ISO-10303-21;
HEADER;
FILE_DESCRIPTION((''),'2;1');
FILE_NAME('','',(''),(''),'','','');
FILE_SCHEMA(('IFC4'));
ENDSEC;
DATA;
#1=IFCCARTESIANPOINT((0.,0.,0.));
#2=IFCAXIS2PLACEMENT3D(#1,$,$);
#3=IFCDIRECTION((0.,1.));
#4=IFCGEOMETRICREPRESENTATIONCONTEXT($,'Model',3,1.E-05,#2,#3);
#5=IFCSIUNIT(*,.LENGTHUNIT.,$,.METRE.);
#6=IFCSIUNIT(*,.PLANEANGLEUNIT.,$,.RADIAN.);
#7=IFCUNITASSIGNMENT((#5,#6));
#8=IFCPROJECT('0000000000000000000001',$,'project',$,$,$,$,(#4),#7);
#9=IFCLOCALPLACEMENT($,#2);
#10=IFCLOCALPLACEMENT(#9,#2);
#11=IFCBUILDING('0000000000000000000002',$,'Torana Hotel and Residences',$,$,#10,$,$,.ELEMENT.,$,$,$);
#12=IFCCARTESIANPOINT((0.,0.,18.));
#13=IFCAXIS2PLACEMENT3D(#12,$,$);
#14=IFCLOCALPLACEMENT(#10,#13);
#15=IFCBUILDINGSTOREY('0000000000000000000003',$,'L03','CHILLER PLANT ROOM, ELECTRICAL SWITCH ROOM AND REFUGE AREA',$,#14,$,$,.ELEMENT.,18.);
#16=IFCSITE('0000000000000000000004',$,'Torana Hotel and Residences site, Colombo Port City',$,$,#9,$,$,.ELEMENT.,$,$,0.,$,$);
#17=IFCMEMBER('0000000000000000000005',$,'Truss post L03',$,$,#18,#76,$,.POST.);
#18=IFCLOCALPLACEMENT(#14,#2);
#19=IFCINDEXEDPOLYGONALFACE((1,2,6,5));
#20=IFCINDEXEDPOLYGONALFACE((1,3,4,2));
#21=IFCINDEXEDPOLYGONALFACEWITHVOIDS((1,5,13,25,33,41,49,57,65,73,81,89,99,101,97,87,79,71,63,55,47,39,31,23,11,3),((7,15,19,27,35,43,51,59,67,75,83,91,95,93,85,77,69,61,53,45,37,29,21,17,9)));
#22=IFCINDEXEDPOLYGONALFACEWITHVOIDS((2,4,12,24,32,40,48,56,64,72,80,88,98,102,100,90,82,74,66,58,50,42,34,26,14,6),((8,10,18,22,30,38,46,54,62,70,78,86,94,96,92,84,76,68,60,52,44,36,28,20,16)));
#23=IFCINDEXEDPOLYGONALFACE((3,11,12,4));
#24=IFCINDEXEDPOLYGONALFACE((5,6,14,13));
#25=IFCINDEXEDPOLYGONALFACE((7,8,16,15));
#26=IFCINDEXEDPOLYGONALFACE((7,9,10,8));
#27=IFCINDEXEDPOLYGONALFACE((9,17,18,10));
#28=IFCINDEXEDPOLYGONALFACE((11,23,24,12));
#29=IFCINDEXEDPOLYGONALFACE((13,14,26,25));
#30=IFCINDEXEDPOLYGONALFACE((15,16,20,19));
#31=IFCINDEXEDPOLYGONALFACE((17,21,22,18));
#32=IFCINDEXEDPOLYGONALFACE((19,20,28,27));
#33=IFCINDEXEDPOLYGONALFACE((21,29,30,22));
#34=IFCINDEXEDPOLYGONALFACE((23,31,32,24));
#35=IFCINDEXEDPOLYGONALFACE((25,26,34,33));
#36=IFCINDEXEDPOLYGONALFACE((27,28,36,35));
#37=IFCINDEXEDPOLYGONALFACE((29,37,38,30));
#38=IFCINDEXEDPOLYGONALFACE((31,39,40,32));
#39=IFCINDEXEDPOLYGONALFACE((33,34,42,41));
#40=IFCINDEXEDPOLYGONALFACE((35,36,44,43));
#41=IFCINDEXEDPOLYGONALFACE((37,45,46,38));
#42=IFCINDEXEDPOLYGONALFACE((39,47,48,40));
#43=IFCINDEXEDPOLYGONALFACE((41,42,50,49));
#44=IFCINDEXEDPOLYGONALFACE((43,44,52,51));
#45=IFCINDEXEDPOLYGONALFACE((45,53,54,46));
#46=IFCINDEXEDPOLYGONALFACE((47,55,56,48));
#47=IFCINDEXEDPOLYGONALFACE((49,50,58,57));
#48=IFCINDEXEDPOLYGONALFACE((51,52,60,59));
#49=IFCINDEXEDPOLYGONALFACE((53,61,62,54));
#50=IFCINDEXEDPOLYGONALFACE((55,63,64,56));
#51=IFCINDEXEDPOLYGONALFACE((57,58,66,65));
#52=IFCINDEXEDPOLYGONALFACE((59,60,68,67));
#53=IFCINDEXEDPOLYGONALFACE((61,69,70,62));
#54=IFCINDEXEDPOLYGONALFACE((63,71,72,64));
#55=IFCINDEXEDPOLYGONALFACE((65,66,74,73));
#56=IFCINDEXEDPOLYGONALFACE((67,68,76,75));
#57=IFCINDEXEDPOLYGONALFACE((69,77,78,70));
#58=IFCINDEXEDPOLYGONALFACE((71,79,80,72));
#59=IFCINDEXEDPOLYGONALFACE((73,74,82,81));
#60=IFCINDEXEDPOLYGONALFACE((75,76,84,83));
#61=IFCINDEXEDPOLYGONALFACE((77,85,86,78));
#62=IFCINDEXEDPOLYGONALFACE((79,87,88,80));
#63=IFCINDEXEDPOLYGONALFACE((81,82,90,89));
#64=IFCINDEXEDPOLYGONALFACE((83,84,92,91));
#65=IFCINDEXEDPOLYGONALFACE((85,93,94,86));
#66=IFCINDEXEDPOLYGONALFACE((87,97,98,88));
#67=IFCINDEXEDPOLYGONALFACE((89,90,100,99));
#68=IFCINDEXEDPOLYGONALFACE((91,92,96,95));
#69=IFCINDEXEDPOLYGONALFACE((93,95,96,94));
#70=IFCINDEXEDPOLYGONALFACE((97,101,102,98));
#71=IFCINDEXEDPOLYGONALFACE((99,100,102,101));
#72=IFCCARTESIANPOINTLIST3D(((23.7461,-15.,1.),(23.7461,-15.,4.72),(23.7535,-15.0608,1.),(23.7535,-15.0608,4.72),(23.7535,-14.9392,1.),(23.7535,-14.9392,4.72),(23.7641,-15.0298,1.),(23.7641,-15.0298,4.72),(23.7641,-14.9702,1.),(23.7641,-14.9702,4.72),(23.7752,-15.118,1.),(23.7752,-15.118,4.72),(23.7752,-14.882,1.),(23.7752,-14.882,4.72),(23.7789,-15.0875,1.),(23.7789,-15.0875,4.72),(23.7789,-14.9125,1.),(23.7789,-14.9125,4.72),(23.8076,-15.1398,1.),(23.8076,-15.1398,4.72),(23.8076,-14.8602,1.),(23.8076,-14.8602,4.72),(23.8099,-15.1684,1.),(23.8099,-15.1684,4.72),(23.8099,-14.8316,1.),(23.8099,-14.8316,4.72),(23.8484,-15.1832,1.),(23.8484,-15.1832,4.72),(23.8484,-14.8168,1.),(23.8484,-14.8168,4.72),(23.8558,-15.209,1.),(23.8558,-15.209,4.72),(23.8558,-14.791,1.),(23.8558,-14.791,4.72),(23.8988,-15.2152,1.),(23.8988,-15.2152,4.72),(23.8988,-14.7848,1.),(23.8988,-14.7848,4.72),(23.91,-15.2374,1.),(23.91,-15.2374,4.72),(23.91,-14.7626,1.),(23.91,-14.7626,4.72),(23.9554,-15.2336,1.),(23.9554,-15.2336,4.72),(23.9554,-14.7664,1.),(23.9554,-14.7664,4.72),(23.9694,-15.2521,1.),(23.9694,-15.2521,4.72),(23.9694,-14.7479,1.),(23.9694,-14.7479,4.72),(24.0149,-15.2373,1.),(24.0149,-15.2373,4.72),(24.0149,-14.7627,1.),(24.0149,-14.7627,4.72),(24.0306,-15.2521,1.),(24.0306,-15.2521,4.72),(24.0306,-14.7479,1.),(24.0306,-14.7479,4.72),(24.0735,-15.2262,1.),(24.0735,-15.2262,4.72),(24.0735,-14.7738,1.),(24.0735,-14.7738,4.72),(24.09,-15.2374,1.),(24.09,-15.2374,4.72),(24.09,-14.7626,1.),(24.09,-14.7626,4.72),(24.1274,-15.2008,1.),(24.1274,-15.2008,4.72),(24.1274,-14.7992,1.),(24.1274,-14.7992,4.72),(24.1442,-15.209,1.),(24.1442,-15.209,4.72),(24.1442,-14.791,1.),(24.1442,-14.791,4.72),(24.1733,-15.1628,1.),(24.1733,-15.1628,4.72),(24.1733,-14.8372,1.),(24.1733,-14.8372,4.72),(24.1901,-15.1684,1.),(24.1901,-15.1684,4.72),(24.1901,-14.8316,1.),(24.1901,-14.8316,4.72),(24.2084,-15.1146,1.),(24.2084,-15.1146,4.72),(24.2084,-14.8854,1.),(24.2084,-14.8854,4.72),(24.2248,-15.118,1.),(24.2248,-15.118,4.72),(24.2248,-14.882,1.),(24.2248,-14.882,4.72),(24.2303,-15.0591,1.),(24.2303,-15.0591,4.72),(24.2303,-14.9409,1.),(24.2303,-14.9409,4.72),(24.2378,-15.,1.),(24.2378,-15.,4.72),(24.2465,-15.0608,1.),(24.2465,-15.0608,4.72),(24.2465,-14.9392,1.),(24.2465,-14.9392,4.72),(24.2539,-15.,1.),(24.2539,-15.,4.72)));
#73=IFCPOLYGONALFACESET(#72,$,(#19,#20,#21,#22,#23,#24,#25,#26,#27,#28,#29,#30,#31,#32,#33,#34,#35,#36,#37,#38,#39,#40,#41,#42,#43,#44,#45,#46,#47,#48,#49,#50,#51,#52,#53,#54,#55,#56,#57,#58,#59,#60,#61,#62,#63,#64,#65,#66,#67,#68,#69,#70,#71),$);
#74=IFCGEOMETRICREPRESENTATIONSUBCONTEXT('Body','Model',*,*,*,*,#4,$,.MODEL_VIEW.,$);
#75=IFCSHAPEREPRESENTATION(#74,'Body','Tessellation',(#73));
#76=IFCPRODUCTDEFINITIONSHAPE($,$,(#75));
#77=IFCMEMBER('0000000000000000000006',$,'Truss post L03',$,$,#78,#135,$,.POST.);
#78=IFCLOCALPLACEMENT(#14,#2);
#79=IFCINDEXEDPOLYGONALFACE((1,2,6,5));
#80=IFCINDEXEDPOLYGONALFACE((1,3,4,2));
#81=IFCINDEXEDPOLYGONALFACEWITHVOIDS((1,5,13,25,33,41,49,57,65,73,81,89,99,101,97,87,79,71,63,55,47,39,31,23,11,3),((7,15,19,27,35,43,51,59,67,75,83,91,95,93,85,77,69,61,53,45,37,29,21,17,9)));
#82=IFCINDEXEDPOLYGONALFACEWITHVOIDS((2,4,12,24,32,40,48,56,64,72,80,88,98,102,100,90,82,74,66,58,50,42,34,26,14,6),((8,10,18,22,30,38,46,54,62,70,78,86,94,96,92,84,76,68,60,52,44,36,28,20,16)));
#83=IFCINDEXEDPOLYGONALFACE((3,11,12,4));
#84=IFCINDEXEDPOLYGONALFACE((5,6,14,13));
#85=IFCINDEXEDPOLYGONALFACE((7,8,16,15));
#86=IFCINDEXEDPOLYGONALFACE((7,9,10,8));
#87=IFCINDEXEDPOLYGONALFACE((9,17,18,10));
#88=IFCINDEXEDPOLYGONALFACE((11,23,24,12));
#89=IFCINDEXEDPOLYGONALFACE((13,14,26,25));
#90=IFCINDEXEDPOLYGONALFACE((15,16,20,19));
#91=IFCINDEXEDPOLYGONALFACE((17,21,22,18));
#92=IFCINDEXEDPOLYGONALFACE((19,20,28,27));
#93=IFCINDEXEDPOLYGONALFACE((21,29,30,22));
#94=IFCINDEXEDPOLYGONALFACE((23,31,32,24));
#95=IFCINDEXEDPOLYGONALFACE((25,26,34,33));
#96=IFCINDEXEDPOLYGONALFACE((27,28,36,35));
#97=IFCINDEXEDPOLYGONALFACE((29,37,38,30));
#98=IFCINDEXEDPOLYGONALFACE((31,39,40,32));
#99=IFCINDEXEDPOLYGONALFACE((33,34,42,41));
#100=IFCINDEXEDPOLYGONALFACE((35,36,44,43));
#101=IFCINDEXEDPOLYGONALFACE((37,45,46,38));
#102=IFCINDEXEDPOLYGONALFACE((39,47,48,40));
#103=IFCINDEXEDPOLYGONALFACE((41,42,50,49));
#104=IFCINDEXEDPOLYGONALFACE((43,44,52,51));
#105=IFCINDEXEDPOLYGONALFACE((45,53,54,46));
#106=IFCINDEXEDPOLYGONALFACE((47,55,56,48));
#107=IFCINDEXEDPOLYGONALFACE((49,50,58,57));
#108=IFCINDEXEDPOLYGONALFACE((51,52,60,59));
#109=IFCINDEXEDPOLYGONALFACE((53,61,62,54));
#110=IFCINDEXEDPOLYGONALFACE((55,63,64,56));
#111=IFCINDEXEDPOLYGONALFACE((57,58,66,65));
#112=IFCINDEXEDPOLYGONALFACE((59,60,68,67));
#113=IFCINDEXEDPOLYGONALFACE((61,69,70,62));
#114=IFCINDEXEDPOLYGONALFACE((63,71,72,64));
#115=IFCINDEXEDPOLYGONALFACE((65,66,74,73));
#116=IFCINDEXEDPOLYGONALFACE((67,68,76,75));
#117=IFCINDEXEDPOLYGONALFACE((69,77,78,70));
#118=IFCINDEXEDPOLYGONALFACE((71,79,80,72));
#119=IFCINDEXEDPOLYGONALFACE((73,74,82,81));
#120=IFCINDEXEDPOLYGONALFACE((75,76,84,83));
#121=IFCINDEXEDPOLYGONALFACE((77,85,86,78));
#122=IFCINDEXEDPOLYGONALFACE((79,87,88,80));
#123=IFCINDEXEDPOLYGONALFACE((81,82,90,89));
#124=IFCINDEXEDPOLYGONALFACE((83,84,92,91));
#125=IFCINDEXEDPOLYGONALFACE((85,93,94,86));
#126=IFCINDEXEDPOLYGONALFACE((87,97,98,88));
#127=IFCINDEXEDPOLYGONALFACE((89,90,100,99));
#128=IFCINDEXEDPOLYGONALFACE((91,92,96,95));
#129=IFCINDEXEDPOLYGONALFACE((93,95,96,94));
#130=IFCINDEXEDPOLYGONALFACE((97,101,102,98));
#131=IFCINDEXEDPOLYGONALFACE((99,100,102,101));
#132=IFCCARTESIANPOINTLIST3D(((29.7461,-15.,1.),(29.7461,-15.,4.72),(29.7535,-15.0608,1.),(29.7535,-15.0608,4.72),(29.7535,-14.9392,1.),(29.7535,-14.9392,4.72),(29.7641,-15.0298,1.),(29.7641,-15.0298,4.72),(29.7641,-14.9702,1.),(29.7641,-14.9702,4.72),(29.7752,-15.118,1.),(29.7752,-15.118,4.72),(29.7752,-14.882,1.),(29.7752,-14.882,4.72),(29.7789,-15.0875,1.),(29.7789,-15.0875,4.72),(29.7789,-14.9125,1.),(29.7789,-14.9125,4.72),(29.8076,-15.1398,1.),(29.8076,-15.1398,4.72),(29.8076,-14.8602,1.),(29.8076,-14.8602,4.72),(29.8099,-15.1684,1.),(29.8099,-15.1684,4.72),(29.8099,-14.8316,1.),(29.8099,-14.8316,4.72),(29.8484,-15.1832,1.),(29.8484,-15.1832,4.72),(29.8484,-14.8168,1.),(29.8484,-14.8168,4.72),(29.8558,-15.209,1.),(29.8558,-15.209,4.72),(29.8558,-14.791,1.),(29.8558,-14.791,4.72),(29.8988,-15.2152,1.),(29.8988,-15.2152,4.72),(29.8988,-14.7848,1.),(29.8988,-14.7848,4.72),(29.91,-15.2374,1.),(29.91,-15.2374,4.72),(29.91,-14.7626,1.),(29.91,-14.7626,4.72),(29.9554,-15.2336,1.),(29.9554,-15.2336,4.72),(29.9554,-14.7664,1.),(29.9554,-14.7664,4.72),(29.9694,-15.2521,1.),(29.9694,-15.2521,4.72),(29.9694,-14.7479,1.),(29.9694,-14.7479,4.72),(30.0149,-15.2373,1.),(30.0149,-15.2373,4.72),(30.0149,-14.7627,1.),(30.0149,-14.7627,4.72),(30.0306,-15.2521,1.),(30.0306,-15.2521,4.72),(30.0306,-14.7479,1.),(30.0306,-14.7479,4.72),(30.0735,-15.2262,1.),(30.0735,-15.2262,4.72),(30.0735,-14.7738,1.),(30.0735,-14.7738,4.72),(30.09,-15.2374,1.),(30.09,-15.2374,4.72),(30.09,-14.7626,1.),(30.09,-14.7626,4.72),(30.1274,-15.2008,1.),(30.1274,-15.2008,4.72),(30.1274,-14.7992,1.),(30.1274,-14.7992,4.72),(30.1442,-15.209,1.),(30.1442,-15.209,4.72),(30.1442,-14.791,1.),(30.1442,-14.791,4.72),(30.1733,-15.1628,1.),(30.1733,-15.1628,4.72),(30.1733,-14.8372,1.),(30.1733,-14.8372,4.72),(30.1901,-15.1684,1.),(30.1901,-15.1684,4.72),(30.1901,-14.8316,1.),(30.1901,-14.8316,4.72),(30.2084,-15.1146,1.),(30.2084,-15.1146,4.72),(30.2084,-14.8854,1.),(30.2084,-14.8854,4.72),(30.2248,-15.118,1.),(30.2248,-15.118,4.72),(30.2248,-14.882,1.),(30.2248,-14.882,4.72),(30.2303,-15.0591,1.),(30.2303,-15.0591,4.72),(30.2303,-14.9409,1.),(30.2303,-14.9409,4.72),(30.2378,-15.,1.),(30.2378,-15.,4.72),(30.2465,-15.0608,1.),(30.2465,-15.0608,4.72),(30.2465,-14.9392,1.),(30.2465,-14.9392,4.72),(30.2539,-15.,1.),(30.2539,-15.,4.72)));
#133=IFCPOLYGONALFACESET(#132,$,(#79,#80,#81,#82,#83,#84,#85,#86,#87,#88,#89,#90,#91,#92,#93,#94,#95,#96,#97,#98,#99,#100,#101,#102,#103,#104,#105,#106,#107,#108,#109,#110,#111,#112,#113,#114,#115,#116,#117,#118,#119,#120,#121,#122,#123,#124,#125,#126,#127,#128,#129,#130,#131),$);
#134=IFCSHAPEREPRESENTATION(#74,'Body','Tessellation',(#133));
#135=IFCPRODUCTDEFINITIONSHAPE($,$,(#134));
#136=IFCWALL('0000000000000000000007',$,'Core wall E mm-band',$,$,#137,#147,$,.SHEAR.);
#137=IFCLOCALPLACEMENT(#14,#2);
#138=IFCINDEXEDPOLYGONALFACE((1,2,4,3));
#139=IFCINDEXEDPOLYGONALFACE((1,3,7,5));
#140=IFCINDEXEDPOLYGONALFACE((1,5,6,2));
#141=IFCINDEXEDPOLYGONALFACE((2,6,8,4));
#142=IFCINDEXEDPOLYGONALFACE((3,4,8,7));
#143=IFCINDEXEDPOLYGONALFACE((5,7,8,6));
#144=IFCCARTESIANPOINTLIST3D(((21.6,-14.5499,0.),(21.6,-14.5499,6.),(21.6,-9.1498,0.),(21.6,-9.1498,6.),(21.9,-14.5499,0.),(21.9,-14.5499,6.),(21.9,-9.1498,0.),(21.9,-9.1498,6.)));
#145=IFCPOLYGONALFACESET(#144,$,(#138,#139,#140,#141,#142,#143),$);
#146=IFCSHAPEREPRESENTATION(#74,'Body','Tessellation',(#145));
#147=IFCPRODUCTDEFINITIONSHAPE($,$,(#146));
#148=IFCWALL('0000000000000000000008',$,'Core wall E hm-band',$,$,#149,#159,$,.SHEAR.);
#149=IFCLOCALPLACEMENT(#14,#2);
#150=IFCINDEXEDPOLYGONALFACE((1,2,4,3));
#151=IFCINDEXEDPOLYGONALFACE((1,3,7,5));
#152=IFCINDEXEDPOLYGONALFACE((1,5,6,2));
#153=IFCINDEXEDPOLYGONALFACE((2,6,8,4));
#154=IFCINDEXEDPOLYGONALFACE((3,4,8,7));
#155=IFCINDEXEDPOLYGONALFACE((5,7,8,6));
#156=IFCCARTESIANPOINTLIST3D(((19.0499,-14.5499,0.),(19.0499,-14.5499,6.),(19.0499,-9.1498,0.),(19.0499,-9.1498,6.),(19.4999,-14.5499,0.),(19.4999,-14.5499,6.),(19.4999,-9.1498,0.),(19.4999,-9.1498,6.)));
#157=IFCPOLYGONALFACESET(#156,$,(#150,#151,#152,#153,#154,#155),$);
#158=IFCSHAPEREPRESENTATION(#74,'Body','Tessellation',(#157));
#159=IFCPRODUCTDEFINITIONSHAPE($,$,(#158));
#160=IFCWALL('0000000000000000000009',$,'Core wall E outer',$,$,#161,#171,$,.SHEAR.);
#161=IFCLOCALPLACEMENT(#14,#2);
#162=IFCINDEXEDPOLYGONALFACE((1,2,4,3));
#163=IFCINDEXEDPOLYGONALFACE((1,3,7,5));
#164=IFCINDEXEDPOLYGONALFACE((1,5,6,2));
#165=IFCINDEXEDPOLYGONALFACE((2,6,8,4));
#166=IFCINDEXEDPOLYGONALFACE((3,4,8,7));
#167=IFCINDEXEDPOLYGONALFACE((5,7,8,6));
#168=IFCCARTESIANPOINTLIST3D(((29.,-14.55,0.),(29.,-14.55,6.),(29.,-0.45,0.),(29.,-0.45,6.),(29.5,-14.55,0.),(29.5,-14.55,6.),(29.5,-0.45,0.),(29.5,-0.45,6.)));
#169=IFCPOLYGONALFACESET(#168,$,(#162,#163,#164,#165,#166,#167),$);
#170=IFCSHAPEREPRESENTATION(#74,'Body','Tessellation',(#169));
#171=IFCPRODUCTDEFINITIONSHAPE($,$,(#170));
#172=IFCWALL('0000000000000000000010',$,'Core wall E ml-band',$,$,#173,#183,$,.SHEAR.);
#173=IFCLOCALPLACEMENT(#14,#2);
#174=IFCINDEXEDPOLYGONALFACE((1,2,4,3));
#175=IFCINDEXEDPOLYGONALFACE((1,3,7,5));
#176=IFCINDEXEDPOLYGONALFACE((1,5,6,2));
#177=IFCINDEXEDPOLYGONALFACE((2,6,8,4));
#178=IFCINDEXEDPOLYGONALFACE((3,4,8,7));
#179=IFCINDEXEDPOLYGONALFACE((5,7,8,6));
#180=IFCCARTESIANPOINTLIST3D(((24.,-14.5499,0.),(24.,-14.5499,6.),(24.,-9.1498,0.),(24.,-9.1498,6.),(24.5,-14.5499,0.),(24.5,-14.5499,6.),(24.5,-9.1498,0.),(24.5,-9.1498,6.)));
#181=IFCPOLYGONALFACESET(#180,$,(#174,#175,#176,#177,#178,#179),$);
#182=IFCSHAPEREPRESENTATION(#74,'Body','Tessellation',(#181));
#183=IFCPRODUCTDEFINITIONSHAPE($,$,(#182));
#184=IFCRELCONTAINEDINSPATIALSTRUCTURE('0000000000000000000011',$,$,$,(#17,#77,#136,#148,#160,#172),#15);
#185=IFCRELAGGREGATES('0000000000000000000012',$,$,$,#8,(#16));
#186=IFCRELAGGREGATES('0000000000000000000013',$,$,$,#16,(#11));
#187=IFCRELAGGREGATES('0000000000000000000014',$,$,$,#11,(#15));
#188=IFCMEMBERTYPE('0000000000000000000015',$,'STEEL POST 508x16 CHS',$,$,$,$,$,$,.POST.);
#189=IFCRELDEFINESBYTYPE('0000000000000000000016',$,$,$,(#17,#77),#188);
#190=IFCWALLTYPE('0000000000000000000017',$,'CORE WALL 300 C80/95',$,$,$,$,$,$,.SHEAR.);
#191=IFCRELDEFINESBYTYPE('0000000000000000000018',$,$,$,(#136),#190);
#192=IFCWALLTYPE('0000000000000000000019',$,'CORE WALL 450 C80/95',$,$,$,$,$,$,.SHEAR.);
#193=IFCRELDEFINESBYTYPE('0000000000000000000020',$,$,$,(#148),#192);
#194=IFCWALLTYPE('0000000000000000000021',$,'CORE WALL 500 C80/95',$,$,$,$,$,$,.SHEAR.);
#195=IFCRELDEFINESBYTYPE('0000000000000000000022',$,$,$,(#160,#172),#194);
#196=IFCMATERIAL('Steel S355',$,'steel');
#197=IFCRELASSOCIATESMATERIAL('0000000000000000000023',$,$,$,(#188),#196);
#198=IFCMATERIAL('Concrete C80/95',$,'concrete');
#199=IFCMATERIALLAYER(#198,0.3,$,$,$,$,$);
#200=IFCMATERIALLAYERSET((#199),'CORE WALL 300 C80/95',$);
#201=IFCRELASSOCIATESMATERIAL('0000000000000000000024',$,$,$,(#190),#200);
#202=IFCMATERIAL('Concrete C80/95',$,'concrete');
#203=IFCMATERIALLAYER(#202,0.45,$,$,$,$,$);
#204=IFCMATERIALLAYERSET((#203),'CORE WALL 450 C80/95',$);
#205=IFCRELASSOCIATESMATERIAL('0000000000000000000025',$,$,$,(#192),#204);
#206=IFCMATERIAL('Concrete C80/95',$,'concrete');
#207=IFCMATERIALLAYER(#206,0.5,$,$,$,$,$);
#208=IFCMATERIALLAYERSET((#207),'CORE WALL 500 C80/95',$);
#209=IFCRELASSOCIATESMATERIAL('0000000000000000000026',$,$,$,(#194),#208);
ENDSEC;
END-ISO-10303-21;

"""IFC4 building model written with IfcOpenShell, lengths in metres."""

from ifc_helpers import new_model, si_unit, direction, frame, frame_2d, origin, origin_2d, place, context, subcontext, project, spatial, rectangle, hollow_circle, extrude, material, layer, layer_set, material_profile, profile_set, type_object, element, save


model = new_model("IFC4")

# Units and contexts
model_context = context("Model", 3, precision=1e-05, world=origin(), true_north=direction((0.0, 1.0)))
body_context = subcontext(model_context, "Body", "Model", "MODEL_VIEW")
ifc_project = project(units=[si_unit("LENGTHUNIT", "METRE"), si_unit("PLANEANGLEUNIT", "RADIAN")], contexts=[model_context])

# Site, building, storey
site_placement = place(None, origin())
site = spatial("IfcSite", under=ifc_project, at=site_placement, Name="Torana Hotel and Residences site, Colombo Port City", CompositionType="ELEMENT", RefElevation=0.0)
building_placement = place(site_placement, origin())
building = spatial("IfcBuilding", under=site, at=building_placement, Name="Torana Hotel and Residences", CompositionType="ELEMENT")
storey_placement = place(building_placement, frame((0.0, 0.0, 18.0)))
storey = spatial("IfcBuildingStorey", under=building, at=storey_placement, Name="L03", Description="CHILLER PLANT ROOM, ELECTRICAL SWITCH ROOM AND REFUGE AREA", CompositionType="ELEMENT", Elevation=18.0)

# Members
ifc_material_1 = material(Name="Steel S355", Category="steel")
ifc_material_profile_1 = material_profile(ifc_material_1, hollow_circle(Radius=0.2539, WallThickness=0.0161, at=origin_2d()), Name="508x16 CHS")
ifc_profile_set_1 = profile_set([ifc_material_profile_1], Name="Steel S355")
member_type_1 = type_object("IfcMemberType", Name="STEEL POST 508x16 CHS", PredefinedType="POST", material=ifc_profile_set_1)
for number, where, z_axis, x_axis, name in (
    (1, (24.0, -15.0, 1.0), (0.0, 0.0, 1.0), (1.0, 0.0, 0.0), "Truss post L03"),
    (2, (30.0, -15.0, 1.0), (0.0, 0.0, 1.0), (1.0, 0.0, 0.0), "Truss post L03"),
):
    element("IfcMember", number, at=place(storey_placement, frame(where, z_axis=z_axis, x_axis=x_axis)), inside=storey, type_object=member_type_1, Name=name, PredefinedType="POST", context=body_context, shape_type="SweptSolid", body=[
        extrude(hollow_circle(Radius=0.2539, WallThickness=0.0161, at=origin_2d()), origin(), (0.0, 0.0, 1.0), 3.72),
    ])

# Walls
ifc_material_2 = material(Name="Concrete C80/95", Category="concrete")
ifc_layer_1 = layer(ifc_material_2, 0.3)
ifc_layer_set_1 = layer_set([ifc_layer_1], Name="CORE WALL 300 C80/95")
wall_type_1 = type_object("IfcWallType", Name="CORE WALL 300 C80/95", PredefinedType="SHEAR", material=ifc_layer_set_1)
wall_1_placement = place(storey_placement, frame((21.75, -14.55, 0.0), z_axis=(0.0, 0.0, 1.0), x_axis=(0.0, 1.0, 0.0)))
element("IfcWall", 3, at=wall_1_placement, inside=storey, type_object=wall_type_1, Name="Core wall E mm-band", PredefinedType="SHEAR", context=body_context, shape_type="SweptSolid", body=[
    extrude(rectangle(XDim=5.4001, YDim=0.3, at=frame_2d((2.7002, 0.0))), origin(), (0.0, 0.0, 1.0), 6.0),
])
ifc_material_3 = material(Name="Concrete C80/95", Category="concrete")
ifc_layer_2 = layer(ifc_material_3, 0.45)
ifc_layer_set_2 = layer_set([ifc_layer_2], Name="CORE WALL 450 C80/95")
wall_type_2 = type_object("IfcWallType", Name="CORE WALL 450 C80/95", PredefinedType="SHEAR", material=ifc_layer_set_2)
wall_2_placement = place(storey_placement, frame((19.2749, -14.55, 0.0), z_axis=(0.0, 0.0, 1.0), x_axis=(0.0, 1.0, 0.0)))
element("IfcWall", 4, at=wall_2_placement, inside=storey, type_object=wall_type_2, Name="Core wall E hm-band", PredefinedType="SHEAR", context=body_context, shape_type="SweptSolid", body=[
    extrude(rectangle(XDim=5.4001, YDim=0.45, at=frame_2d((2.7002, 0.0))), origin(), (0.0, 0.0, 1.0), 6.0),
])
ifc_material_4 = material(Name="Concrete C80/95", Category="concrete")
ifc_layer_3 = layer(ifc_material_4, 0.5)
ifc_layer_set_3 = layer_set([ifc_layer_3], Name="CORE WALL 500 C80/95")
wall_type_3 = type_object("IfcWallType", Name="CORE WALL 500 C80/95", PredefinedType="SHEAR", material=ifc_layer_set_3)
wall_3_placement = place(storey_placement, frame((29.25, -14.55, 0.0), z_axis=(0.0, 0.0, 1.0), x_axis=(0.0, 1.0, 0.0)))
element("IfcWall", 5, at=wall_3_placement, inside=storey, type_object=wall_type_3, Name="Core wall E outer", PredefinedType="SHEAR", context=body_context, shape_type="SweptSolid", body=[
    extrude(rectangle(XDim=14.1001, YDim=0.5, at=frame_2d((7.05, 0.0))), origin(), (0.0, 0.0, 1.0), 6.0),
])
wall_4_placement = place(storey_placement, frame((24.25, -14.55, 0.0), z_axis=(0.0, 0.0, 1.0), x_axis=(0.0, 1.0, 0.0)))
element("IfcWall", 6, at=wall_4_placement, inside=storey, type_object=wall_type_3, Name="Core wall E ml-band", PredefinedType="SHEAR", context=body_context, shape_type="SweptSolid", body=[
    extrude(rectangle(XDim=5.4001, YDim=0.5, at=frame_2d((2.7002, 0.0))), origin(), (0.0, 0.0, 1.0), 6.0),
])

save(model, "model.ifc")
